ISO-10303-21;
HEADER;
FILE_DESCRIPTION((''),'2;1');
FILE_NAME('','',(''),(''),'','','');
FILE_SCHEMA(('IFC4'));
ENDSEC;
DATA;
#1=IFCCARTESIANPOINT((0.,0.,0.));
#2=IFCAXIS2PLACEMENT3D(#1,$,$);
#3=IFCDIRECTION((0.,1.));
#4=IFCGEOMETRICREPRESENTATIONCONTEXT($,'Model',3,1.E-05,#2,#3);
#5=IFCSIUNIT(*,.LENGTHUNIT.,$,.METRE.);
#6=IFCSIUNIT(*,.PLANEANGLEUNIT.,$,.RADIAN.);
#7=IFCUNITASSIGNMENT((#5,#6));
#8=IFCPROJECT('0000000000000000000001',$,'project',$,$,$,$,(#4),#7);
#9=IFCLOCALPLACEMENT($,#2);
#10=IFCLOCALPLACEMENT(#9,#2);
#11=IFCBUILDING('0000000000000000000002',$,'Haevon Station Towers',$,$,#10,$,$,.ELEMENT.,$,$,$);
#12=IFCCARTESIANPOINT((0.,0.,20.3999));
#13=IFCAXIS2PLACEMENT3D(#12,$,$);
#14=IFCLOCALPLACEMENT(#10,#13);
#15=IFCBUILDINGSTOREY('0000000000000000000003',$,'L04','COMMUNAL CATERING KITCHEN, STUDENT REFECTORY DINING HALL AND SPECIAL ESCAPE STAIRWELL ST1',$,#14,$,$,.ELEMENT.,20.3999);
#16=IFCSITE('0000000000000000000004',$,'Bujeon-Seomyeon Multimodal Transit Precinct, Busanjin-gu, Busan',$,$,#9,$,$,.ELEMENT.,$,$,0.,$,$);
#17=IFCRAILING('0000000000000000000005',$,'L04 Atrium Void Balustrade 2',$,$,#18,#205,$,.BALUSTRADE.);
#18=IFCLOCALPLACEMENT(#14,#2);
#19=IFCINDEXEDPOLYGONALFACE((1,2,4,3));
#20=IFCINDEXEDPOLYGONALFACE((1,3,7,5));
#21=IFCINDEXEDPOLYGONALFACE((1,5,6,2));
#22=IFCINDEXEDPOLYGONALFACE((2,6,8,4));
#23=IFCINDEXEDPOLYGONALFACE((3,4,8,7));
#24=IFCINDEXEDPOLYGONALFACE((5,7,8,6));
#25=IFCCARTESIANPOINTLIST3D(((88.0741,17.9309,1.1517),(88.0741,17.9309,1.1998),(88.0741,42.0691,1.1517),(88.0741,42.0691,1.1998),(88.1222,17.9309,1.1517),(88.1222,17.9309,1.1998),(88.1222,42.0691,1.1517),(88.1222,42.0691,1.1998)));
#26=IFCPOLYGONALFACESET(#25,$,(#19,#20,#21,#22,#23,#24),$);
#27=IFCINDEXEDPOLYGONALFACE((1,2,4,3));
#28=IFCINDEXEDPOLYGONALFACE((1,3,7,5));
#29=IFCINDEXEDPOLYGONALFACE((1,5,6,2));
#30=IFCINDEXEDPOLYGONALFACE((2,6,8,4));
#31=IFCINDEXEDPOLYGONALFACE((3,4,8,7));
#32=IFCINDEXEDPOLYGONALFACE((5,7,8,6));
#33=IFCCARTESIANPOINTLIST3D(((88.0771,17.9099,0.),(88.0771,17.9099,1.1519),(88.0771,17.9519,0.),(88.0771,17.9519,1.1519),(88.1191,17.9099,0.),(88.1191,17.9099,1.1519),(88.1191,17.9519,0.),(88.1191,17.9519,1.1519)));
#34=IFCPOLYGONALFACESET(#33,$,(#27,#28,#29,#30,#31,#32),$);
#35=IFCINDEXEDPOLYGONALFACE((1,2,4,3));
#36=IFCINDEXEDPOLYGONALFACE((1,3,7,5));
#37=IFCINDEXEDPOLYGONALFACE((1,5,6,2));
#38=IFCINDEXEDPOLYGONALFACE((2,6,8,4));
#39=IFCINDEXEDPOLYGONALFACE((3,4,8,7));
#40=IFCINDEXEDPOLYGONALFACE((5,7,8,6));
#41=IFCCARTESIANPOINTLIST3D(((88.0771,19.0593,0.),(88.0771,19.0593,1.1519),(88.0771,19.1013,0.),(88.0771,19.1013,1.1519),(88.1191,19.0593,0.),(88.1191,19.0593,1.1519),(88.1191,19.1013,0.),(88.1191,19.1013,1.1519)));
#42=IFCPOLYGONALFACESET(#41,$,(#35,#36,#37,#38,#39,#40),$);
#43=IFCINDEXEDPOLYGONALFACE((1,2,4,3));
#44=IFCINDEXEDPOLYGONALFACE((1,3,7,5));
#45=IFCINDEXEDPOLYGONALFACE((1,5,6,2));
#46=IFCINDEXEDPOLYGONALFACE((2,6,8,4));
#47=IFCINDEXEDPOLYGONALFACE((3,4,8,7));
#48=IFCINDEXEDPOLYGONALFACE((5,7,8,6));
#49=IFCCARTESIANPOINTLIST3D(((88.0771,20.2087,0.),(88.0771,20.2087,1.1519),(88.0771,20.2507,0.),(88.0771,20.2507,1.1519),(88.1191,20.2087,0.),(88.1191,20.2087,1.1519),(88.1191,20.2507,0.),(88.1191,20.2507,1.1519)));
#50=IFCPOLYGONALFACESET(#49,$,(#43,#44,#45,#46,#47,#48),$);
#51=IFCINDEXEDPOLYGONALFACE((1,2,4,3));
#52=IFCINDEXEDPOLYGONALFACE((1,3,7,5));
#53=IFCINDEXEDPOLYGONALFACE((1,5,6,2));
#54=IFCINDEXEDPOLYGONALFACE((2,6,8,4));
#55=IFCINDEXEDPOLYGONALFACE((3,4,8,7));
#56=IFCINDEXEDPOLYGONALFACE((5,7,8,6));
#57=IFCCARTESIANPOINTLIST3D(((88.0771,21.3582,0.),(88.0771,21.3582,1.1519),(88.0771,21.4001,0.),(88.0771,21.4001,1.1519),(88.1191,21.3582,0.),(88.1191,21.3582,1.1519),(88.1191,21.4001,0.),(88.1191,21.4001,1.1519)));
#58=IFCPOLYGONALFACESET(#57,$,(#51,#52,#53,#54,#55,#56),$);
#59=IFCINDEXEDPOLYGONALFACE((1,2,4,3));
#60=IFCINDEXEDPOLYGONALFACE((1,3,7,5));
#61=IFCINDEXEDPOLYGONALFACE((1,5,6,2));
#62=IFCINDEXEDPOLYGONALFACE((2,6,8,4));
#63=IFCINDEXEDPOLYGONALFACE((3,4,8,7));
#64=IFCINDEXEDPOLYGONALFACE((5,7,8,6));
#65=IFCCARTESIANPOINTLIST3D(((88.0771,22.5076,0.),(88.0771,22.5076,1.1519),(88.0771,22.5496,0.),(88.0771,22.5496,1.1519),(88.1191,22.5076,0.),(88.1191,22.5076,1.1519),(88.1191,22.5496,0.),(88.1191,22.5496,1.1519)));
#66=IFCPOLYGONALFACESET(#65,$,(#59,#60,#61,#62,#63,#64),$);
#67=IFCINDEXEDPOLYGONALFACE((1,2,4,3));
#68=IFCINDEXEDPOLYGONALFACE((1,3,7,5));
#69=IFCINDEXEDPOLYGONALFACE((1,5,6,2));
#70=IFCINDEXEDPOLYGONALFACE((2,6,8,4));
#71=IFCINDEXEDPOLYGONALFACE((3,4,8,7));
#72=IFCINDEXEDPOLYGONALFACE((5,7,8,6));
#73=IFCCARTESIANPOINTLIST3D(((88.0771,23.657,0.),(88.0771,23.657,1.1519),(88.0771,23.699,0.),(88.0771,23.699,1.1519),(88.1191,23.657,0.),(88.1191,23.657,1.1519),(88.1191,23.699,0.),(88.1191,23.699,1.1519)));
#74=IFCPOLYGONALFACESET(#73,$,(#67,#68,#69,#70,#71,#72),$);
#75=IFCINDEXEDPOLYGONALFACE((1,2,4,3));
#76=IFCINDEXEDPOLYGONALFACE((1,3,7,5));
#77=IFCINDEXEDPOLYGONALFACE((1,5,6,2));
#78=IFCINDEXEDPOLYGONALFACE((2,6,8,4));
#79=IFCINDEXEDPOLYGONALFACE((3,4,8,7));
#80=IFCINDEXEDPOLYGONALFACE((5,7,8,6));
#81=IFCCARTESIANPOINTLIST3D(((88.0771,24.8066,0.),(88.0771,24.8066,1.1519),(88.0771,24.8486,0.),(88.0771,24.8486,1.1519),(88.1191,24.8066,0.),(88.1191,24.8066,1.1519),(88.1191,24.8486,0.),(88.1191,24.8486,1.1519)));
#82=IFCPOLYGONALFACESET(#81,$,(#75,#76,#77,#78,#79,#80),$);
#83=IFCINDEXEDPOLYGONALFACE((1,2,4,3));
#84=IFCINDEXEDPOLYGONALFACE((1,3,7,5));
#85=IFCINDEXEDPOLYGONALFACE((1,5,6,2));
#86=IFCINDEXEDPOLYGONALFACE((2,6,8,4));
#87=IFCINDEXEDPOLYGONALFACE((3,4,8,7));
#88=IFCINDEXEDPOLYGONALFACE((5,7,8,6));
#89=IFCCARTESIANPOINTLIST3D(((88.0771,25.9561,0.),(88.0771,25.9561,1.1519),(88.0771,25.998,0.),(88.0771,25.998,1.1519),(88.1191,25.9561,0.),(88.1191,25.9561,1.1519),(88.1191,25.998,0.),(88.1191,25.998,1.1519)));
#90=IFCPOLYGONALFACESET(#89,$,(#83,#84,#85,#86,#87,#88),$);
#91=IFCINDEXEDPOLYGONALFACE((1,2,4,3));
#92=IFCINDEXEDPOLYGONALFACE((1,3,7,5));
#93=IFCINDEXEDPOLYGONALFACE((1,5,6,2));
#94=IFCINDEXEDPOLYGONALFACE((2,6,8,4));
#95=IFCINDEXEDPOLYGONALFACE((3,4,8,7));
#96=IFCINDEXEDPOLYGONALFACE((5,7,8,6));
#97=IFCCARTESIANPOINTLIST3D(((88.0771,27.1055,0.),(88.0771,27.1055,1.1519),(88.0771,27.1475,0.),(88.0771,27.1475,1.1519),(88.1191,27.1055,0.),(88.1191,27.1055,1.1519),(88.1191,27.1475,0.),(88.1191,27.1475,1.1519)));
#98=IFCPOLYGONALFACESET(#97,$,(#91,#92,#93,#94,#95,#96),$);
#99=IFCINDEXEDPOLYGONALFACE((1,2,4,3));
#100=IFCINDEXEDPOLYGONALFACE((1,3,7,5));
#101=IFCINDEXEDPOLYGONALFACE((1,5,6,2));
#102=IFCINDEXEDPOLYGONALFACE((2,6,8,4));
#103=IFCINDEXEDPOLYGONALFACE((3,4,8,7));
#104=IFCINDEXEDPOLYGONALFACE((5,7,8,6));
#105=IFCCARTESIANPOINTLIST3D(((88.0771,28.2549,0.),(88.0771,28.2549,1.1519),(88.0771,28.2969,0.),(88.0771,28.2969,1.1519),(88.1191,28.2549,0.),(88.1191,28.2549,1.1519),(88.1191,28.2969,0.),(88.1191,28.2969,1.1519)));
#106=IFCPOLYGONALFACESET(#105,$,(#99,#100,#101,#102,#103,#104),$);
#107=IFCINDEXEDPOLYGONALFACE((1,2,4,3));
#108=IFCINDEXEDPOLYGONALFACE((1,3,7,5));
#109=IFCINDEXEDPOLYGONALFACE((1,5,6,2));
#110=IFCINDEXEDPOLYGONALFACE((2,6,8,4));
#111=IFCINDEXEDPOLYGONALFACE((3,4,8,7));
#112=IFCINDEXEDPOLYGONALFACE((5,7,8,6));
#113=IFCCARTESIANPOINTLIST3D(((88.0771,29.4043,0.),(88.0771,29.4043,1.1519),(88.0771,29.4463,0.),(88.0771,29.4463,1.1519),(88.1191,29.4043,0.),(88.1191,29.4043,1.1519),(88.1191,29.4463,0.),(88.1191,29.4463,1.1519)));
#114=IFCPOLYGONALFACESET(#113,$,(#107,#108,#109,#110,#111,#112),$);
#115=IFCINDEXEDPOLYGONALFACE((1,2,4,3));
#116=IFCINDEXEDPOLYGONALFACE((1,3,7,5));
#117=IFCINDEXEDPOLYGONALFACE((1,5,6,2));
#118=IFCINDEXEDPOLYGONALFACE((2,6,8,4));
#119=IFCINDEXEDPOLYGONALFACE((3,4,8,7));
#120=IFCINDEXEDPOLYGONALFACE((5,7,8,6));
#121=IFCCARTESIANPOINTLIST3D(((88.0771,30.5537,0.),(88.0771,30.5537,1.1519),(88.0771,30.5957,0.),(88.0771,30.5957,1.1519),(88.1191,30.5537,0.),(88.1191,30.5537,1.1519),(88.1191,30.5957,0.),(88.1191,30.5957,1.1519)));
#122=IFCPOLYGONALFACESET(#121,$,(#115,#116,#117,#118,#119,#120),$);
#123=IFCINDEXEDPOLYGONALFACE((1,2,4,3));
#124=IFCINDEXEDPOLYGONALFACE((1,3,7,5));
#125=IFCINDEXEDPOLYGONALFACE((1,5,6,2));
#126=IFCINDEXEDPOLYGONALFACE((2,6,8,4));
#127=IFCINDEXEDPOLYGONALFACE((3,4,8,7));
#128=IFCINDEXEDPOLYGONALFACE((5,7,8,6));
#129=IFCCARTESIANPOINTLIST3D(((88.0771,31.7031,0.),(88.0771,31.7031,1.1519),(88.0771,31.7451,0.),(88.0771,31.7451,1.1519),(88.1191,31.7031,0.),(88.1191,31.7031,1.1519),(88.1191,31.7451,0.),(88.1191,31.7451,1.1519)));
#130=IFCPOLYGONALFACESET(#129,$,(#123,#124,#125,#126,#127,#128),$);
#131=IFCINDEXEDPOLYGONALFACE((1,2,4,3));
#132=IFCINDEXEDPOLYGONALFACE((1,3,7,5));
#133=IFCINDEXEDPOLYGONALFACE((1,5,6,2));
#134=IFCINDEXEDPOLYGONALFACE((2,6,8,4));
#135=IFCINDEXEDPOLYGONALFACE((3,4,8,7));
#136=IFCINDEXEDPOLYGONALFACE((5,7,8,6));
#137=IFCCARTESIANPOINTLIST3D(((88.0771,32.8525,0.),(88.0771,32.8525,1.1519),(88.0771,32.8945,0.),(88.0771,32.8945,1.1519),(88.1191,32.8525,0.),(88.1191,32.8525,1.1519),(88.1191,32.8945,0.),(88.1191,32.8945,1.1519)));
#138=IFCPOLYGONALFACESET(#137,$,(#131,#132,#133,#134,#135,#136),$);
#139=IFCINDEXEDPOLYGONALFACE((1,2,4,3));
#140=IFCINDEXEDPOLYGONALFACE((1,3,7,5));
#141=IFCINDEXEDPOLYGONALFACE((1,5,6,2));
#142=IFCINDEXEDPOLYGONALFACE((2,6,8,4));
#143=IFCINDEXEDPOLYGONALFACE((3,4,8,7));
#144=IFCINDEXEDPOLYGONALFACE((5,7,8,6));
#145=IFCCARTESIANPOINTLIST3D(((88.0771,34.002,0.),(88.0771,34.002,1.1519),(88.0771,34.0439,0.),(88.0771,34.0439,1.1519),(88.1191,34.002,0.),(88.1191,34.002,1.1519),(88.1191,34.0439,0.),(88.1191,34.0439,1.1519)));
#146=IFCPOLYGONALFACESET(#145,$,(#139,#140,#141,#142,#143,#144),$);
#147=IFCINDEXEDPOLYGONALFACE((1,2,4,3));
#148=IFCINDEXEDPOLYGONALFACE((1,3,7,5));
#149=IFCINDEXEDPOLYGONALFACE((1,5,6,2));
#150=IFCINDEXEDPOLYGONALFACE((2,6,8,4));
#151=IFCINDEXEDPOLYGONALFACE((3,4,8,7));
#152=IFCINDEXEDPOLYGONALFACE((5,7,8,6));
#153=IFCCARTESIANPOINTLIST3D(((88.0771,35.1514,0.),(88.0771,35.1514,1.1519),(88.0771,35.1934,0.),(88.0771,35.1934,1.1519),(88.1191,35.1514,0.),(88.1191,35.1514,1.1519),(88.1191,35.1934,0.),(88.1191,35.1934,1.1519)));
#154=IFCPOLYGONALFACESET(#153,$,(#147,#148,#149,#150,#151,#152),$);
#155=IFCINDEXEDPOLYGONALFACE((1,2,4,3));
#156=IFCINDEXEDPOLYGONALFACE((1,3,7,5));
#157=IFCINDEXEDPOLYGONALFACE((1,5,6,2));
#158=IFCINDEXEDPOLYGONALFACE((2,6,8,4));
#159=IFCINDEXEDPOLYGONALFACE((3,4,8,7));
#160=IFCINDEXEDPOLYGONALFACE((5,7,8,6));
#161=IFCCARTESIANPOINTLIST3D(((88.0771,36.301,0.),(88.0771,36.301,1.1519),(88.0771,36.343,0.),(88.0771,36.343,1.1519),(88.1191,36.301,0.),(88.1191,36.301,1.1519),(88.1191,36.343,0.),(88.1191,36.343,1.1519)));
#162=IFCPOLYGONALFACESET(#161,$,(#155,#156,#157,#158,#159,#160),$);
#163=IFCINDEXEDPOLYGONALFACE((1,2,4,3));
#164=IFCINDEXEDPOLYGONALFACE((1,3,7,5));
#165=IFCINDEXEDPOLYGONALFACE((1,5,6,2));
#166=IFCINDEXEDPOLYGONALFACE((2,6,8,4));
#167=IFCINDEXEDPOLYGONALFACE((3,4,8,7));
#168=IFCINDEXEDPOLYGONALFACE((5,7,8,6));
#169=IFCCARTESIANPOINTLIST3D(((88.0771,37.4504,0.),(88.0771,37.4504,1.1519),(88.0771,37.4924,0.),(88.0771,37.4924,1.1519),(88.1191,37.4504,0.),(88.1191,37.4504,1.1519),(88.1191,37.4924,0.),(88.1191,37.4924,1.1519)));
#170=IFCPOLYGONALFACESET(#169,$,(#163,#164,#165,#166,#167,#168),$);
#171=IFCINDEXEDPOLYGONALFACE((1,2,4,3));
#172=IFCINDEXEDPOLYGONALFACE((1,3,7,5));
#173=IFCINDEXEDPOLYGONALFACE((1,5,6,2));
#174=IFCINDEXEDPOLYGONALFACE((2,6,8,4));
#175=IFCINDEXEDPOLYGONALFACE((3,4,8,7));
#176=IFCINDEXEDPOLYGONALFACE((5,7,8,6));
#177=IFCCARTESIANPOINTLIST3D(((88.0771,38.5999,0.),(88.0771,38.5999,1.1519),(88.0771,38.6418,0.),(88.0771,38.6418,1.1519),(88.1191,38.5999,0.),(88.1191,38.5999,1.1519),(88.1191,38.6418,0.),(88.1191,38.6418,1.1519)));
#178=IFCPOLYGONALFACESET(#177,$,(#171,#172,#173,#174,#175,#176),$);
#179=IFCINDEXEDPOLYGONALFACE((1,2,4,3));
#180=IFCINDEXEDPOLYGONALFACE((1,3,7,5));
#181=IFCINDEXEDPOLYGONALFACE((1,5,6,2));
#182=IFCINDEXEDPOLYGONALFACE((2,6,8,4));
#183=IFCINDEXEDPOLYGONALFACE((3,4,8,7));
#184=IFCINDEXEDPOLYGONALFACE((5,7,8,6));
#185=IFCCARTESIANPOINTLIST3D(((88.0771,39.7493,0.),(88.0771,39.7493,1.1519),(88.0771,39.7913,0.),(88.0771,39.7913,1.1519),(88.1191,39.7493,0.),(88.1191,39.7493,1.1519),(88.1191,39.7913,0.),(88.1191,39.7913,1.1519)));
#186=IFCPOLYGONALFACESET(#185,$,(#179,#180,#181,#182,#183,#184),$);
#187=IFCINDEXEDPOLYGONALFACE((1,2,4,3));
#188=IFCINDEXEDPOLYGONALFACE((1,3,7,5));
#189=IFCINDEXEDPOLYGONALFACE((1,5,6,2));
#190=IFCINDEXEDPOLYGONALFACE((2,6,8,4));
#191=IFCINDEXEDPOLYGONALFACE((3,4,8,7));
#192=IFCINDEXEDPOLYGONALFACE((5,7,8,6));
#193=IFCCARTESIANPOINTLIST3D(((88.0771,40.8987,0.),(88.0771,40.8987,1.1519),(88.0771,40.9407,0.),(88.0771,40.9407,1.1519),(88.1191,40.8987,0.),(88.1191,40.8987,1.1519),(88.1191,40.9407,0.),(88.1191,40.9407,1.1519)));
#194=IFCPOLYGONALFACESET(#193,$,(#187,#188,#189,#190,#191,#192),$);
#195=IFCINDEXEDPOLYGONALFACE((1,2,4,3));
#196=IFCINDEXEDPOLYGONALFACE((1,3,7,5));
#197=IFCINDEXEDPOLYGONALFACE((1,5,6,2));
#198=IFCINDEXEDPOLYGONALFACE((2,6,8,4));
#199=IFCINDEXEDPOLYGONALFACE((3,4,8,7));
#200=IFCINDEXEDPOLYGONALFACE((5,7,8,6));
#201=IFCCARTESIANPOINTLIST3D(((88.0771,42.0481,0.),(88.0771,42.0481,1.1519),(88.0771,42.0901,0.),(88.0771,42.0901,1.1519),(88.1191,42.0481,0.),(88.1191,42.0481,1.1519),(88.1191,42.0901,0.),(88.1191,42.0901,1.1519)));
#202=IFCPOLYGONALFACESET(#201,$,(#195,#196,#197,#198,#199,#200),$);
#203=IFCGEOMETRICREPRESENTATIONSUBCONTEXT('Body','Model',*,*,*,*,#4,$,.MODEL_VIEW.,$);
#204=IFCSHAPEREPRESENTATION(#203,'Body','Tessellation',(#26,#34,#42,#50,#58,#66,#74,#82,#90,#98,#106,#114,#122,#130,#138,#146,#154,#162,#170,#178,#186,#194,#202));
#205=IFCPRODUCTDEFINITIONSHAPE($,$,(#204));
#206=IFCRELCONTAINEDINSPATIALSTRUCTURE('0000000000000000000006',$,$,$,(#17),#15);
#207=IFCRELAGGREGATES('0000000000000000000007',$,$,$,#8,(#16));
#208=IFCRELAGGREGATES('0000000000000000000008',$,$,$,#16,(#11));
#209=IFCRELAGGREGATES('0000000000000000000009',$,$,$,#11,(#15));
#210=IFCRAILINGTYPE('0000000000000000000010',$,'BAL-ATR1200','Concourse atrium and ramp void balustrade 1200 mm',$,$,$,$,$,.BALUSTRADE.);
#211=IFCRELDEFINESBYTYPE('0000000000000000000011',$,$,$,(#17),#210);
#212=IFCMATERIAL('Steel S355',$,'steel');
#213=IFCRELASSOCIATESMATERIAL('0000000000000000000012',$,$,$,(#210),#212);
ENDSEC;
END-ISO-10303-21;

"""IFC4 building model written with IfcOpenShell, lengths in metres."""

from ifc_helpers import new_model, si_unit, direction, frame, origin, origin_2d, place, context, subcontext, project, spatial, rectangle, extrude, material, type_object, element, save


model = new_model("IFC4")

# Units and contexts
model_context = context("Model", 3, precision=1e-05, world=origin(), true_north=direction((0.0, 1.0)))
body_context = subcontext(model_context, "Body", "Model", "MODEL_VIEW")
ifc_project = project(units=[si_unit("LENGTHUNIT", "METRE"), si_unit("PLANEANGLEUNIT", "RADIAN")], contexts=[model_context])

# Site, building, storey
site_placement = place(None, origin())
site = spatial("IfcSite", under=ifc_project, at=site_placement, Name="Bujeon-Seomyeon Multimodal Transit Precinct, Busanjin-gu, Busan", CompositionType="ELEMENT", RefElevation=0.0)
building_placement = place(site_placement, origin())
building = spatial("IfcBuilding", under=site, at=building_placement, Name="Haevon Station Towers", CompositionType="ELEMENT")
storey_placement = place(building_placement, frame((0.0, 0.0, 20.3999)))
storey = spatial("IfcBuildingStorey", under=building, at=storey_placement, Name="L04", Description="COMMUNAL CATERING KITCHEN, STUDENT REFECTORY DINING HALL AND SPECIAL ESCAPE STAIRWELL ST1", CompositionType="ELEMENT", Elevation=20.3999)

# Shared definitions
ifc_material_1 = material(Name="Steel S355", Category="steel")

# Railing
railing_type = type_object("IfcRailingType", Name="BAL-ATR1200", Description="Concourse atrium and ramp void balustrade 1200 mm", PredefinedType="BALUSTRADE", material=ifc_material_1)
railing_placement = place(storey_placement, frame((88.0981, 17.9309, 0.0)))
element("IfcRailing", 1, at=railing_placement, inside=storey, type_object=railing_type, Name="L04 Atrium Void Balustrade 2", PredefinedType="BALUSTRADE", context=body_context, shape_type="SweptSolid", body=[
    extrude(rectangle(XDim=0.0481, YDim=0.0481, at=origin_2d()), frame((0.0, 0.0, 1.1758), z_axis=(0.0, 1.0, 0.0), x_axis=(-1.0, 0.0, 0.0)), (0.0, 0.0, 1.0), 24.1382),
    extrude(rectangle(XDim=0.042, YDim=0.042, at=origin_2d()), origin(), (0.0, 0.0, 1.0), 1.1519),
    extrude(rectangle(XDim=0.042, YDim=0.042, at=origin_2d()), frame((0.0, 1.1494, 0.0)), (0.0, 0.0, 1.0), 1.1519),
    extrude(rectangle(XDim=0.042, YDim=0.042, at=origin_2d()), frame((0.0, 2.2988, 0.0)), (0.0, 0.0, 1.0), 1.1519),
    extrude(rectangle(XDim=0.042, YDim=0.042, at=origin_2d()), frame((0.0, 3.4482, 0.0)), (0.0, 0.0, 1.0), 1.1519),
    extrude(rectangle(XDim=0.042, YDim=0.042, at=origin_2d()), frame((0.0, 4.5977, 0.0)), (0.0, 0.0, 1.0), 1.1519),
    extrude(rectangle(XDim=0.042, YDim=0.042, at=origin_2d()), frame((0.0, 5.7471, 0.0)), (0.0, 0.0, 1.0), 1.1519),
    extrude(rectangle(XDim=0.042, YDim=0.042, at=origin_2d()), frame((0.0, 6.8967, 0.0)), (0.0, 0.0, 1.0), 1.1519),
    extrude(rectangle(XDim=0.042, YDim=0.042, at=origin_2d()), frame((0.0, 8.0461, 0.0)), (0.0, 0.0, 1.0), 1.1519),
    extrude(rectangle(XDim=0.042, YDim=0.042, at=origin_2d()), frame((0.0, 9.1956, 0.0)), (0.0, 0.0, 1.0), 1.1519),
    extrude(rectangle(XDim=0.042, YDim=0.042, at=origin_2d()), frame((0.0, 10.345, 0.0)), (0.0, 0.0, 1.0), 1.1519),
    extrude(rectangle(XDim=0.042, YDim=0.042, at=origin_2d()), frame((0.0, 11.4944, 0.0)), (0.0, 0.0, 1.0), 1.1519),
    extrude(rectangle(XDim=0.042, YDim=0.042, at=origin_2d()), frame((0.0, 12.6438, 0.0)), (0.0, 0.0, 1.0), 1.1519),
    extrude(rectangle(XDim=0.042, YDim=0.042, at=origin_2d()), frame((0.0, 13.7932, 0.0)), (0.0, 0.0, 1.0), 1.1519),
    extrude(rectangle(XDim=0.042, YDim=0.042, at=origin_2d()), frame((0.0, 14.9426, 0.0)), (0.0, 0.0, 1.0), 1.1519),
    extrude(rectangle(XDim=0.042, YDim=0.042, at=origin_2d()), frame((0.0, 16.092, 0.0)), (0.0, 0.0, 1.0), 1.1519),
    extrude(rectangle(XDim=0.042, YDim=0.042, at=origin_2d()), frame((0.0, 17.2415, 0.0)), (0.0, 0.0, 1.0), 1.1519),
    extrude(rectangle(XDim=0.042, YDim=0.042, at=origin_2d()), frame((0.0, 18.3911, 0.0)), (0.0, 0.0, 1.0), 1.1519),
    extrude(rectangle(XDim=0.042, YDim=0.042, at=origin_2d()), frame((0.0, 19.5405, 0.0)), (0.0, 0.0, 1.0), 1.1519),
    extrude(rectangle(XDim=0.042, YDim=0.042, at=origin_2d()), frame((0.0, 20.6899, 0.0)), (0.0, 0.0, 1.0), 1.1519),
    extrude(rectangle(XDim=0.042, YDim=0.042, at=origin_2d()), frame((0.0, 21.8394, 0.0)), (0.0, 0.0, 1.0), 1.1519),
    extrude(rectangle(XDim=0.042, YDim=0.042, at=origin_2d()), frame((0.0, 22.9888, 0.0)), (0.0, 0.0, 1.0), 1.1519),
    extrude(rectangle(XDim=0.042, YDim=0.042, at=origin_2d()), frame((0.0, 24.1382, 0.0)), (0.0, 0.0, 1.0), 1.1519),
])

save(model, "model.ifc")
